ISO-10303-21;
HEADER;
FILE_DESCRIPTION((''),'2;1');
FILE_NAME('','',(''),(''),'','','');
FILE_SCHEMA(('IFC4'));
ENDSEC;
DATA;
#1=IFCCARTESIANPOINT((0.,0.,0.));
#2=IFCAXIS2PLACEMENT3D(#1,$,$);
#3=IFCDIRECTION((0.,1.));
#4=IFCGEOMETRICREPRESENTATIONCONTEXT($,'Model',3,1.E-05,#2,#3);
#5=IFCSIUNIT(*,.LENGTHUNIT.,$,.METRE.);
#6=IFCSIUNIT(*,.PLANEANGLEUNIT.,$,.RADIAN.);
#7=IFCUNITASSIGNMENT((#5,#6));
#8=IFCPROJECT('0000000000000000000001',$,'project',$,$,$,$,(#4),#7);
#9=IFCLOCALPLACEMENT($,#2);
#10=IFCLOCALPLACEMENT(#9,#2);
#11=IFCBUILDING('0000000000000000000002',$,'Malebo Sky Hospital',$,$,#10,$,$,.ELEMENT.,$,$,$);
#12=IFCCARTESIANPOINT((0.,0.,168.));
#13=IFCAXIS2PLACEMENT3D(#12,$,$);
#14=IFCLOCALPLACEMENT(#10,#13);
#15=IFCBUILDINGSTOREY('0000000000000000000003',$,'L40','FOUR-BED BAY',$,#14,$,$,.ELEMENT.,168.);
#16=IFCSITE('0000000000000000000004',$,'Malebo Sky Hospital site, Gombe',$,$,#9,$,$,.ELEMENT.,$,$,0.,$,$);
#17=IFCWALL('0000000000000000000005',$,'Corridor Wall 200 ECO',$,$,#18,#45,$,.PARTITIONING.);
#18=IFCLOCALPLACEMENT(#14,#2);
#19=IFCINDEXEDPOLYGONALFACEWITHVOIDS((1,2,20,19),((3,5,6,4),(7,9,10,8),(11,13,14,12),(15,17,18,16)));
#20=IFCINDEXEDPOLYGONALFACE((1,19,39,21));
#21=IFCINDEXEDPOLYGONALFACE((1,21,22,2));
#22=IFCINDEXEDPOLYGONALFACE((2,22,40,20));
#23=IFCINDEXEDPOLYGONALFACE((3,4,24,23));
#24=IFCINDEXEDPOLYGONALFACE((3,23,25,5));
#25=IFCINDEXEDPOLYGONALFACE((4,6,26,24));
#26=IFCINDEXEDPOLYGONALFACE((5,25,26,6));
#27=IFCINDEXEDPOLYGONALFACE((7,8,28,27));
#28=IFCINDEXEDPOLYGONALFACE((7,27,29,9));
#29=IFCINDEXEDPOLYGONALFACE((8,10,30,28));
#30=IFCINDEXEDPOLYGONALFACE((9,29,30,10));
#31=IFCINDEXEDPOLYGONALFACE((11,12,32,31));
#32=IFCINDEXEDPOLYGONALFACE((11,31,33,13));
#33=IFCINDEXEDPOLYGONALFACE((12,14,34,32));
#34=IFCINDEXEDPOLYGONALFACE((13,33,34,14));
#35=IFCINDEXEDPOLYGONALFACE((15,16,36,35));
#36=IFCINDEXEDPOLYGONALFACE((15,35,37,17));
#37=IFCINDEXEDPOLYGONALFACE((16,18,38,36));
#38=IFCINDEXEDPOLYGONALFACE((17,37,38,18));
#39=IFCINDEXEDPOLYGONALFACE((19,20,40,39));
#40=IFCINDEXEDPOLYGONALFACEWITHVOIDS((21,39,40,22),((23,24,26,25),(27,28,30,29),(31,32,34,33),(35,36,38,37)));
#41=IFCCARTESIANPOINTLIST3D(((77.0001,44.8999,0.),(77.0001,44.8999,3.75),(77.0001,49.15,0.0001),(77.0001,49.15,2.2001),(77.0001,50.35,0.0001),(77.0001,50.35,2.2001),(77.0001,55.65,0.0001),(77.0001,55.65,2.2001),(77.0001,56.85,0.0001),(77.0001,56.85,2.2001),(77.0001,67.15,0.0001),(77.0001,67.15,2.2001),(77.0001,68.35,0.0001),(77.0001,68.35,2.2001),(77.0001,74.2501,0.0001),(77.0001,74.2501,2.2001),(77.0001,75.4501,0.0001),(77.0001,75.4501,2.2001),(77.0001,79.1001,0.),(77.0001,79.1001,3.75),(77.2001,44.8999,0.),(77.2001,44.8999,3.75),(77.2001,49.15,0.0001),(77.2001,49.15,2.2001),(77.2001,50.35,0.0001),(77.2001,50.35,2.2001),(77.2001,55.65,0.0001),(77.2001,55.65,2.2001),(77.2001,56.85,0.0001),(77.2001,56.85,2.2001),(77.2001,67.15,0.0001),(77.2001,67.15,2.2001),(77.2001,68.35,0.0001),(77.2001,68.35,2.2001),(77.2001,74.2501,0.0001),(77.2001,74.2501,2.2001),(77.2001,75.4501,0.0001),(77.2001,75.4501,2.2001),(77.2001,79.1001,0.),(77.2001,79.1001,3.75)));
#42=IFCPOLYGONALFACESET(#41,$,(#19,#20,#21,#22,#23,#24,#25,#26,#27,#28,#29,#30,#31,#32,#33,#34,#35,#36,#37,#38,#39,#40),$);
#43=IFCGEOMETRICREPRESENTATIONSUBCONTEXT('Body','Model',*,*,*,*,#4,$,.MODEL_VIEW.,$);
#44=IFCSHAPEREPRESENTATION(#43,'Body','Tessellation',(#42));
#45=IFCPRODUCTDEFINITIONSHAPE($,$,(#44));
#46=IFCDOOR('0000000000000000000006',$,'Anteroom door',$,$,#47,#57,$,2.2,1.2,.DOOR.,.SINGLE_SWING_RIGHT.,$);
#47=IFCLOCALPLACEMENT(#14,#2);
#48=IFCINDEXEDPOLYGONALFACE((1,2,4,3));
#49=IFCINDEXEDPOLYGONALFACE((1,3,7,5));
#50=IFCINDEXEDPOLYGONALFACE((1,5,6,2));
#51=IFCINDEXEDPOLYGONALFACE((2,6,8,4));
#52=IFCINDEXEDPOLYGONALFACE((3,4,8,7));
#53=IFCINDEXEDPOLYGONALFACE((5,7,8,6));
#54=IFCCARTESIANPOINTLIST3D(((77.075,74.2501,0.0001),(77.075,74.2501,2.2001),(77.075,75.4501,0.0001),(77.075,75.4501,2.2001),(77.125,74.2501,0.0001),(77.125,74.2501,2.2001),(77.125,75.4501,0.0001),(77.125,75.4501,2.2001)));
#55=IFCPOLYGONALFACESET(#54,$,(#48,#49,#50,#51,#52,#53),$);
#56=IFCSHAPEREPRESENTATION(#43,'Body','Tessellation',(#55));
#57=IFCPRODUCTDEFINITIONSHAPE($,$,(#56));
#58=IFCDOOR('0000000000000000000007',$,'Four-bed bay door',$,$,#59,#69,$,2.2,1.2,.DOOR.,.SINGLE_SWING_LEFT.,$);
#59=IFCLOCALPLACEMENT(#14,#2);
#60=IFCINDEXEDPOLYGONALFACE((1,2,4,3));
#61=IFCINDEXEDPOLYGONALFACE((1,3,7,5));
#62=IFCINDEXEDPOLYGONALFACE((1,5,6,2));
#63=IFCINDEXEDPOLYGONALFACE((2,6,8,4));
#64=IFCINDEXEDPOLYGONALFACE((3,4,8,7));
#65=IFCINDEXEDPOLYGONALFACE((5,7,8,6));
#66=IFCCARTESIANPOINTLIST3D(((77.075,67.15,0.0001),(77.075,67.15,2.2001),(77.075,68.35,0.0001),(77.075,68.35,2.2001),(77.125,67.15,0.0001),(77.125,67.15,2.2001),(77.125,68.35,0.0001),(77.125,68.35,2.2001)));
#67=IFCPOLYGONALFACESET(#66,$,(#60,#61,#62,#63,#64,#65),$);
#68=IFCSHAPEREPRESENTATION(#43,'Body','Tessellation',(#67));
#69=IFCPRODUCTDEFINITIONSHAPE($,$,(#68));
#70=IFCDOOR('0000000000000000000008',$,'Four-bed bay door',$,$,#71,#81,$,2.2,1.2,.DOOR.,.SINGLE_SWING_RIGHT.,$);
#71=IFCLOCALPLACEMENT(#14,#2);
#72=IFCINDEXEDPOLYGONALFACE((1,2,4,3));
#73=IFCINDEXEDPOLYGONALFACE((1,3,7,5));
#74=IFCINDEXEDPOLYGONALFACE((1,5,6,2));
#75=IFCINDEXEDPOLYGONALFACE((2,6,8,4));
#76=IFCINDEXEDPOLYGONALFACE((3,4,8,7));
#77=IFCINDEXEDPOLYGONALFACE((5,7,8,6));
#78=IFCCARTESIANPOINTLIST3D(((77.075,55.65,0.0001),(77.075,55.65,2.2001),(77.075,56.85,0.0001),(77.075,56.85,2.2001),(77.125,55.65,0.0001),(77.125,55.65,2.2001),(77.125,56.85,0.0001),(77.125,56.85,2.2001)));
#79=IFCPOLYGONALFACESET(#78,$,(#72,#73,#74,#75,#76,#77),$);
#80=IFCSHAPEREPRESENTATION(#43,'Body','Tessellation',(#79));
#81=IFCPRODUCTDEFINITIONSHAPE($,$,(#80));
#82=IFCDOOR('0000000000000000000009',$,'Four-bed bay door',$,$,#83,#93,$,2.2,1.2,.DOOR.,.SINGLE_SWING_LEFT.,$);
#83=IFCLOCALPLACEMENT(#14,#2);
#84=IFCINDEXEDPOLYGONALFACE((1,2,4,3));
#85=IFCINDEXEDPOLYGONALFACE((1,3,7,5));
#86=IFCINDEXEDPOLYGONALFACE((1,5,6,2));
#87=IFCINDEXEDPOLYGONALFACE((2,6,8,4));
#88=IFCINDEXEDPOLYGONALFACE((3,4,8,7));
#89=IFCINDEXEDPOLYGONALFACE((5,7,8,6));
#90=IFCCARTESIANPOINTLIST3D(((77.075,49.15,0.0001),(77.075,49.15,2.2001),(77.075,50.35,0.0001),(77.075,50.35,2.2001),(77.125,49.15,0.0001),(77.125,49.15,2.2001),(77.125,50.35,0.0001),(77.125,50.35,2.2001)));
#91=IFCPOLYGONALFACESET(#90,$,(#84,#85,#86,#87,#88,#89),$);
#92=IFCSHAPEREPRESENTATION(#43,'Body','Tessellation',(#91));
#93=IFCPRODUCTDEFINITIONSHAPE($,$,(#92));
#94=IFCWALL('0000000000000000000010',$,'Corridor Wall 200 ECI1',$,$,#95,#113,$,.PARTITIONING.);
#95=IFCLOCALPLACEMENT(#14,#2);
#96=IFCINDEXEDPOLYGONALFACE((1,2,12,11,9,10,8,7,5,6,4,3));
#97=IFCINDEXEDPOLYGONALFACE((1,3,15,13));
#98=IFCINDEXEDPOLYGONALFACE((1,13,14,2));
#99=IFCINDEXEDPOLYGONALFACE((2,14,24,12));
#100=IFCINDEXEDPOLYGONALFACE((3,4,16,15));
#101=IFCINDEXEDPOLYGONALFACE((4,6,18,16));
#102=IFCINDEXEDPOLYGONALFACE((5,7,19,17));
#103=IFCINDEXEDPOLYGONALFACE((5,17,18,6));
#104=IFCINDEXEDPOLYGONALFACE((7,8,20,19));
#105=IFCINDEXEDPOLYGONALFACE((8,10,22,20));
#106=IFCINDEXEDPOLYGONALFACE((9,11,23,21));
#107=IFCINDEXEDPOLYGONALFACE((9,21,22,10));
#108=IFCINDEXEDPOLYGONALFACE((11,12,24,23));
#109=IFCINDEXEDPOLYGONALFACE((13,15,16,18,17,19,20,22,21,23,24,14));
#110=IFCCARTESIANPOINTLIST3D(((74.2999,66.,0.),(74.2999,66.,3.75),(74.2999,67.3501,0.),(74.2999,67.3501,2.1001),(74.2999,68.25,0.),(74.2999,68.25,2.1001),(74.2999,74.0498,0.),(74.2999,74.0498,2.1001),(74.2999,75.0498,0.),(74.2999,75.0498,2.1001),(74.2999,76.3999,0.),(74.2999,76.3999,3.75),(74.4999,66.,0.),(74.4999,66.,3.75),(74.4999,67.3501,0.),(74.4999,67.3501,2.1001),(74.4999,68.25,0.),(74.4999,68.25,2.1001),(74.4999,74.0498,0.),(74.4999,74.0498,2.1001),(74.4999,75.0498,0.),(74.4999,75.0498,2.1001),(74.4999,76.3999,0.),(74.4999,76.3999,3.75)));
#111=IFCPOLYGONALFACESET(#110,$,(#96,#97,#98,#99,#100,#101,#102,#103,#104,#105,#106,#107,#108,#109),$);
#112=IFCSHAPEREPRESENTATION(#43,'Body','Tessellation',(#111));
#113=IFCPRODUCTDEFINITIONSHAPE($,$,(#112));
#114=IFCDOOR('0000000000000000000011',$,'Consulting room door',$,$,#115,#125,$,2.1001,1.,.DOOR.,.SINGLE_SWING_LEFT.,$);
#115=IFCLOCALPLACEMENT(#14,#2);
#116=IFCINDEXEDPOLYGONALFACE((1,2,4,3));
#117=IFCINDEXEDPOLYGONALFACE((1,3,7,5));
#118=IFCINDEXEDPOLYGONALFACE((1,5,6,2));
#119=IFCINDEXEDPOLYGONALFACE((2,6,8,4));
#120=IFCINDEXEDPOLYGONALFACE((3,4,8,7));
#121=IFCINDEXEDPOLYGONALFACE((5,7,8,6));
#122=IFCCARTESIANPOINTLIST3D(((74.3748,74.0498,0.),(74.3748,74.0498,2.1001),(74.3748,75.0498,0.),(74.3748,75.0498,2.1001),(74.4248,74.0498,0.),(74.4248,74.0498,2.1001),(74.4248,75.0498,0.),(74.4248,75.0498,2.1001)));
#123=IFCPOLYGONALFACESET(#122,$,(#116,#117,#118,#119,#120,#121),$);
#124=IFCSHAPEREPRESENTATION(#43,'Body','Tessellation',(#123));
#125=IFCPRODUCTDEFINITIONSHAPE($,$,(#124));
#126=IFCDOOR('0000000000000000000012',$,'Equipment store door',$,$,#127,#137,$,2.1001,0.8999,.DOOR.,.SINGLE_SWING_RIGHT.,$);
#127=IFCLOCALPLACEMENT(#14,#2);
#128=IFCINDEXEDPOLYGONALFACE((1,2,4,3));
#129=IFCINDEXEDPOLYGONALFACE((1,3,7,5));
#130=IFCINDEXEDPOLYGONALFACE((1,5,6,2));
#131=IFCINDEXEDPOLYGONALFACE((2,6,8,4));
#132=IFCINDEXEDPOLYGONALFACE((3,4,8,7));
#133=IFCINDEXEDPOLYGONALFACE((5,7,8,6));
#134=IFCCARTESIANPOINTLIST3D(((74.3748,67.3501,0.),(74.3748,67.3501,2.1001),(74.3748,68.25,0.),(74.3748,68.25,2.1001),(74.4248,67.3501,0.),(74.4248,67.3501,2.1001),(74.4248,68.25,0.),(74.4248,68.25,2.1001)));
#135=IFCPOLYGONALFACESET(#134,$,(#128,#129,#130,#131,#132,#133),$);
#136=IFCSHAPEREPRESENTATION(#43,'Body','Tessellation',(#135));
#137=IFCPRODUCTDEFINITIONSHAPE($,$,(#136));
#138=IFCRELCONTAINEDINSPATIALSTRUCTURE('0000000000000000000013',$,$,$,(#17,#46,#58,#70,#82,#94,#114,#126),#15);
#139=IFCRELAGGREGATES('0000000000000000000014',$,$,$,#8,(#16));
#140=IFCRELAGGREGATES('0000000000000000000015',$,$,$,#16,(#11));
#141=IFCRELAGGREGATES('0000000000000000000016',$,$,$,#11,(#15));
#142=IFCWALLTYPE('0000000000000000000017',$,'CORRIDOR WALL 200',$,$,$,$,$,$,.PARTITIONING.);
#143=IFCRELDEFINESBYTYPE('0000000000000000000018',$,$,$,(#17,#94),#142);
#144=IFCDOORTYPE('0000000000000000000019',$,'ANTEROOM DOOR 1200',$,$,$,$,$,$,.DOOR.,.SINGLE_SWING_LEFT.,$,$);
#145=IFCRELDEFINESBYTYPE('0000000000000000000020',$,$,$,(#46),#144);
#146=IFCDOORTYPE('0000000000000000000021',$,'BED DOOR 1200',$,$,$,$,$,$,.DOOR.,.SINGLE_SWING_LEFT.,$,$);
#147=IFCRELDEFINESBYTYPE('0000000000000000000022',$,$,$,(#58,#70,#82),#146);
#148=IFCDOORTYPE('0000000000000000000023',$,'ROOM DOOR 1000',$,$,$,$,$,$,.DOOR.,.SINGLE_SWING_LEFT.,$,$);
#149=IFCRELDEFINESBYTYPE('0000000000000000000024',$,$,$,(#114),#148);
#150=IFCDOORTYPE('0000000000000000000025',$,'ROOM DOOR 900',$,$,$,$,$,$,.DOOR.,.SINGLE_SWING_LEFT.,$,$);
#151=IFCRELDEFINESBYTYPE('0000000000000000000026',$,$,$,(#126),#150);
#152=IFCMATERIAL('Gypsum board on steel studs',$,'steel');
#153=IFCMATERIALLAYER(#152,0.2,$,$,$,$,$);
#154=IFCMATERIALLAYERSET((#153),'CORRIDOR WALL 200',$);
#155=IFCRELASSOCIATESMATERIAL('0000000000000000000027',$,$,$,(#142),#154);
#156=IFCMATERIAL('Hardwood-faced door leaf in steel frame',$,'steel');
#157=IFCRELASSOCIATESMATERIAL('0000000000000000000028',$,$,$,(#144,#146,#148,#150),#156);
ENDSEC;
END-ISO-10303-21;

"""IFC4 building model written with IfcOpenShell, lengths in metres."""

from ifc_helpers import new_model, si_unit, direction, frame, frame_2d, origin, place, context, subcontext, project, spatial, rectangle, extrude, material, layer, layer_set, type_object, element, fill, save


model = new_model("IFC4")

# Units and contexts
model_context = context("Model", 3, precision=1e-05, world=origin(), true_north=direction((0.0, 1.0)))
body_context = subcontext(model_context, "Body", "Model", "MODEL_VIEW")
ifc_project = project(units=[si_unit("LENGTHUNIT", "METRE"), si_unit("PLANEANGLEUNIT", "RADIAN")], contexts=[model_context])

# Site, building, storey
site_placement = place(None, origin())
site = spatial("IfcSite", under=ifc_project, at=site_placement, Name="Malebo Sky Hospital site, Gombe", CompositionType="ELEMENT", RefElevation=0.0)
building_placement = place(site_placement, origin())
building = spatial("IfcBuilding", under=site, at=building_placement, Name="Malebo Sky Hospital", CompositionType="ELEMENT")
storey_placement = place(building_placement, frame((0.0, 0.0, 168.0)))
storey = spatial("IfcBuildingStorey", under=building, at=storey_placement, Name="L40", Description="FOUR-BED BAY", CompositionType="ELEMENT", Elevation=168.0)

# Walls, openings, doors
ifc_material_1 = material(Name="Gypsum board on steel studs", Category="steel")
ifc_layer_1 = layer(ifc_material_1, 0.2)
ifc_layer_set_1 = layer_set([ifc_layer_1], Name="CORRIDOR WALL 200")
wall_type_1 = type_object("IfcWallType", Name="CORRIDOR WALL 200", PredefinedType="PARTITIONING", material=ifc_layer_set_1)
wall_1_placement = place(storey_placement, frame((77.1001, 79.1001, 0.0), z_axis=(0.0, 0.0, 1.0), x_axis=(0.0, -1.0, 0.0)))
wall_1 = element("IfcWall", 1, at=wall_1_placement, inside=storey, type_object=wall_type_1, Name="Corridor Wall 200 ECO", PredefinedType="PARTITIONING", context=body_context, shape_type="SweptSolid", body=[
    extrude(rectangle(XDim=34.2002, YDim=0.2, at=frame_2d((17.1001, 0.0))), origin(), (0.0, 0.0, 1.0), 3.75),
])
opening_1_placement = place(wall_1_placement, frame((3.6499, 0.0, 0.0)))
opening_1 = element("IfcOpeningElement", 2, at=opening_1_placement, cuts=wall_1, PredefinedType="OPENING", context=body_context, shape_type="SweptSolid", body=[
    extrude(rectangle(XDim=1.2, YDim=2.2, at=frame_2d((0.6001, 1.1001))), frame((0.0, 0.1099, 0.0), z_axis=(0.0, -1.0, 0.0), x_axis=(1.0, 0.0, 0.0)), (0.0, 0.0, 1.0), 0.22),
])
opening_2_placement = place(wall_1_placement, frame((10.75, 0.0, 0.0)))
opening_2 = element("IfcOpeningElement", 3, at=opening_2_placement, cuts=wall_1, PredefinedType="OPENING", context=body_context, shape_type="SweptSolid", body=[
    extrude(rectangle(XDim=1.2, YDim=2.2, at=frame_2d((0.6001, 1.1001))), frame((0.0, 0.1099, 0.0), z_axis=(0.0, -1.0, 0.0), x_axis=(1.0, 0.0, 0.0)), (0.0, 0.0, 1.0), 0.22),
])
opening_3_placement = place(wall_1_placement, frame((22.25, 0.0, 0.0)))
opening_3 = element("IfcOpeningElement", 4, at=opening_3_placement, cuts=wall_1, PredefinedType="OPENING", context=body_context, shape_type="SweptSolid", body=[
    extrude(rectangle(XDim=1.2, YDim=2.2, at=frame_2d((0.6001, 1.1001))), frame((0.0, 0.1099, 0.0), z_axis=(0.0, -1.0, 0.0), x_axis=(1.0, 0.0, 0.0)), (0.0, 0.0, 1.0), 0.22),
])
opening_4_placement = place(wall_1_placement, frame((28.75, 0.0, 0.0)))
opening_4 = element("IfcOpeningElement", 5, at=opening_4_placement, cuts=wall_1, PredefinedType="OPENING", context=body_context, shape_type="SweptSolid", body=[
    extrude(rectangle(XDim=1.2, YDim=2.2, at=frame_2d((0.6001, 1.1001))), frame((0.0, 0.1099, 0.0), z_axis=(0.0, -1.0, 0.0), x_axis=(1.0, 0.0, 0.0)), (0.0, 0.0, 1.0), 0.22),
])
ifc_material_2 = material(Name="Hardwood-faced door leaf in steel frame", Category="steel")
door_type_1 = type_object("IfcDoorType", Name="ANTEROOM DOOR 1200", OperationType="SINGLE_SWING_LEFT", PredefinedType="DOOR", material=ifc_material_2)
door_1_placement = place(opening_1_placement, origin())
door_1 = element("IfcDoor", 6, at=door_1_placement, inside=storey, type_object=door_type_1, Name="Anteroom door", OperationType="SINGLE_SWING_RIGHT", OverallHeight=2.2, OverallWidth=1.2, PredefinedType="DOOR", context=body_context, shape_type="SweptSolid", body=[
    extrude(rectangle(XDim=1.2, YDim=2.2, at=frame_2d((0.6001, 1.1001))), frame((0.0, 0.0249, 0.0), z_axis=(0.0, -1.0, 0.0), x_axis=(1.0, 0.0, 0.0)), (0.0, 0.0, 1.0), 0.05),
])
fill(opening_1, door_1)
door_type_2 = type_object("IfcDoorType", Name="BED DOOR 1200", OperationType="SINGLE_SWING_LEFT", PredefinedType="DOOR", material=ifc_material_2)
door_2_placement = place(opening_2_placement, origin())
door_2 = element("IfcDoor", 7, at=door_2_placement, inside=storey, type_object=door_type_2, Name="Four-bed bay door", OperationType="SINGLE_SWING_LEFT", OverallHeight=2.2, OverallWidth=1.2, PredefinedType="DOOR", context=body_context, shape_type="SweptSolid", body=[
    extrude(rectangle(XDim=1.2, YDim=2.2, at=frame_2d((0.6001, 1.1001))), frame((0.0, 0.0249, 0.0), z_axis=(0.0, -1.0, 0.0), x_axis=(1.0, 0.0, 0.0)), (0.0, 0.0, 1.0), 0.05),
])
fill(opening_2, door_2)
door_3_placement = place(opening_3_placement, origin())
door_3 = element("IfcDoor", 8, at=door_3_placement, inside=storey, type_object=door_type_2, Name="Four-bed bay door", OperationType="SINGLE_SWING_RIGHT", OverallHeight=2.2, OverallWidth=1.2, PredefinedType="DOOR", context=body_context, shape_type="SweptSolid", body=[
    extrude(rectangle(XDim=1.2, YDim=2.2, at=frame_2d((0.6001, 1.1001))), frame((0.0, 0.0249, 0.0), z_axis=(0.0, -1.0, 0.0), x_axis=(1.0, 0.0, 0.0)), (0.0, 0.0, 1.0), 0.05),
])
fill(opening_3, door_3)
door_4_placement = place(opening_4_placement, origin())
door_4 = element("IfcDoor", 9, at=door_4_placement, inside=storey, type_object=door_type_2, Name="Four-bed bay door", OperationType="SINGLE_SWING_LEFT", OverallHeight=2.2, OverallWidth=1.2, PredefinedType="DOOR", context=body_context, shape_type="SweptSolid", body=[
    extrude(rectangle(XDim=1.2, YDim=2.2, at=frame_2d((0.6001, 1.1001))), frame((0.0, 0.0249, 0.0), z_axis=(0.0, -1.0, 0.0), x_axis=(1.0, 0.0, 0.0)), (0.0, 0.0, 1.0), 0.05),
])
fill(opening_4, door_4)
wall_2_placement = place(storey_placement, frame((74.3999, 76.3999, 0.0), z_axis=(0.0, 0.0, 1.0), x_axis=(0.0, -1.0, 0.0)))
wall_2 = element("IfcWall", 10, at=wall_2_placement, inside=storey, type_object=wall_type_1, Name="Corridor Wall 200 ECI1", PredefinedType="PARTITIONING", context=body_context, shape_type="SweptSolid", body=[
    extrude(rectangle(XDim=10.3999, YDim=0.2, at=frame_2d((5.2, 0.0))), origin(), (0.0, 0.0, 1.0), 3.75),
])
opening_5_placement = place(wall_2_placement, frame((1.3501, 0.0, 0.0)))
opening_5 = element("IfcOpeningElement", 11, at=opening_5_placement, cuts=wall_2, PredefinedType="OPENING", context=body_context, shape_type="SweptSolid", body=[
    extrude(rectangle(XDim=1.0, YDim=2.1001, at=frame_2d((0.5, 1.05))), frame((0.0, 0.1099, 0.0), z_axis=(0.0, -1.0, 0.0), x_axis=(1.0, 0.0, 0.0)), (0.0, 0.0, 1.0), 0.22),
])
opening_6_placement = place(wall_2_placement, frame((8.1499, 0.0, 0.0)))
opening_6 = element("IfcOpeningElement", 12, at=opening_6_placement, cuts=wall_2, PredefinedType="OPENING", context=body_context, shape_type="SweptSolid", body=[
    extrude(rectangle(XDim=0.8999, YDim=2.1001, at=frame_2d((0.45, 1.05))), frame((0.0, 0.1099, 0.0), z_axis=(0.0, -1.0, 0.0), x_axis=(1.0, 0.0, 0.0)), (0.0, 0.0, 1.0), 0.22),
])
door_type_3 = type_object("IfcDoorType", Name="ROOM DOOR 1000", OperationType="SINGLE_SWING_LEFT", PredefinedType="DOOR", material=ifc_material_2)
door_5_placement = place(opening_5_placement, origin())
door_5 = element("IfcDoor", 13, at=door_5_placement, inside=storey, type_object=door_type_3, Name="Consulting room door", OperationType="SINGLE_SWING_LEFT", OverallHeight=2.1001, OverallWidth=1.0, PredefinedType="DOOR", context=body_context, shape_type="SweptSolid", body=[
    extrude(rectangle(XDim=1.0, YDim=2.1001, at=frame_2d((0.5, 1.05))), frame((0.0, 0.0249, 0.0), z_axis=(0.0, -1.0, 0.0), x_axis=(1.0, 0.0, 0.0)), (0.0, 0.0, 1.0), 0.05),
])
fill(opening_5, door_5)
door_type_4 = type_object("IfcDoorType", Name="ROOM DOOR 900", OperationType="SINGLE_SWING_LEFT", PredefinedType="DOOR", material=ifc_material_2)
door_6_placement = place(opening_6_placement, origin())
door_6 = element("IfcDoor", 14, at=door_6_placement, inside=storey, type_object=door_type_4, Name="Equipment store door", OperationType="SINGLE_SWING_RIGHT", OverallHeight=2.1001, OverallWidth=0.8999, PredefinedType="DOOR", context=body_context, shape_type="SweptSolid", body=[
    extrude(rectangle(XDim=0.8999, YDim=2.1001, at=frame_2d((0.45, 1.05))), frame((0.0, 0.0249, 0.0), z_axis=(0.0, -1.0, 0.0), x_axis=(1.0, 0.0, 0.0)), (0.0, 0.0, 1.0), 0.05),
])
fill(opening_6, door_6)

save(model, "model.ifc")
